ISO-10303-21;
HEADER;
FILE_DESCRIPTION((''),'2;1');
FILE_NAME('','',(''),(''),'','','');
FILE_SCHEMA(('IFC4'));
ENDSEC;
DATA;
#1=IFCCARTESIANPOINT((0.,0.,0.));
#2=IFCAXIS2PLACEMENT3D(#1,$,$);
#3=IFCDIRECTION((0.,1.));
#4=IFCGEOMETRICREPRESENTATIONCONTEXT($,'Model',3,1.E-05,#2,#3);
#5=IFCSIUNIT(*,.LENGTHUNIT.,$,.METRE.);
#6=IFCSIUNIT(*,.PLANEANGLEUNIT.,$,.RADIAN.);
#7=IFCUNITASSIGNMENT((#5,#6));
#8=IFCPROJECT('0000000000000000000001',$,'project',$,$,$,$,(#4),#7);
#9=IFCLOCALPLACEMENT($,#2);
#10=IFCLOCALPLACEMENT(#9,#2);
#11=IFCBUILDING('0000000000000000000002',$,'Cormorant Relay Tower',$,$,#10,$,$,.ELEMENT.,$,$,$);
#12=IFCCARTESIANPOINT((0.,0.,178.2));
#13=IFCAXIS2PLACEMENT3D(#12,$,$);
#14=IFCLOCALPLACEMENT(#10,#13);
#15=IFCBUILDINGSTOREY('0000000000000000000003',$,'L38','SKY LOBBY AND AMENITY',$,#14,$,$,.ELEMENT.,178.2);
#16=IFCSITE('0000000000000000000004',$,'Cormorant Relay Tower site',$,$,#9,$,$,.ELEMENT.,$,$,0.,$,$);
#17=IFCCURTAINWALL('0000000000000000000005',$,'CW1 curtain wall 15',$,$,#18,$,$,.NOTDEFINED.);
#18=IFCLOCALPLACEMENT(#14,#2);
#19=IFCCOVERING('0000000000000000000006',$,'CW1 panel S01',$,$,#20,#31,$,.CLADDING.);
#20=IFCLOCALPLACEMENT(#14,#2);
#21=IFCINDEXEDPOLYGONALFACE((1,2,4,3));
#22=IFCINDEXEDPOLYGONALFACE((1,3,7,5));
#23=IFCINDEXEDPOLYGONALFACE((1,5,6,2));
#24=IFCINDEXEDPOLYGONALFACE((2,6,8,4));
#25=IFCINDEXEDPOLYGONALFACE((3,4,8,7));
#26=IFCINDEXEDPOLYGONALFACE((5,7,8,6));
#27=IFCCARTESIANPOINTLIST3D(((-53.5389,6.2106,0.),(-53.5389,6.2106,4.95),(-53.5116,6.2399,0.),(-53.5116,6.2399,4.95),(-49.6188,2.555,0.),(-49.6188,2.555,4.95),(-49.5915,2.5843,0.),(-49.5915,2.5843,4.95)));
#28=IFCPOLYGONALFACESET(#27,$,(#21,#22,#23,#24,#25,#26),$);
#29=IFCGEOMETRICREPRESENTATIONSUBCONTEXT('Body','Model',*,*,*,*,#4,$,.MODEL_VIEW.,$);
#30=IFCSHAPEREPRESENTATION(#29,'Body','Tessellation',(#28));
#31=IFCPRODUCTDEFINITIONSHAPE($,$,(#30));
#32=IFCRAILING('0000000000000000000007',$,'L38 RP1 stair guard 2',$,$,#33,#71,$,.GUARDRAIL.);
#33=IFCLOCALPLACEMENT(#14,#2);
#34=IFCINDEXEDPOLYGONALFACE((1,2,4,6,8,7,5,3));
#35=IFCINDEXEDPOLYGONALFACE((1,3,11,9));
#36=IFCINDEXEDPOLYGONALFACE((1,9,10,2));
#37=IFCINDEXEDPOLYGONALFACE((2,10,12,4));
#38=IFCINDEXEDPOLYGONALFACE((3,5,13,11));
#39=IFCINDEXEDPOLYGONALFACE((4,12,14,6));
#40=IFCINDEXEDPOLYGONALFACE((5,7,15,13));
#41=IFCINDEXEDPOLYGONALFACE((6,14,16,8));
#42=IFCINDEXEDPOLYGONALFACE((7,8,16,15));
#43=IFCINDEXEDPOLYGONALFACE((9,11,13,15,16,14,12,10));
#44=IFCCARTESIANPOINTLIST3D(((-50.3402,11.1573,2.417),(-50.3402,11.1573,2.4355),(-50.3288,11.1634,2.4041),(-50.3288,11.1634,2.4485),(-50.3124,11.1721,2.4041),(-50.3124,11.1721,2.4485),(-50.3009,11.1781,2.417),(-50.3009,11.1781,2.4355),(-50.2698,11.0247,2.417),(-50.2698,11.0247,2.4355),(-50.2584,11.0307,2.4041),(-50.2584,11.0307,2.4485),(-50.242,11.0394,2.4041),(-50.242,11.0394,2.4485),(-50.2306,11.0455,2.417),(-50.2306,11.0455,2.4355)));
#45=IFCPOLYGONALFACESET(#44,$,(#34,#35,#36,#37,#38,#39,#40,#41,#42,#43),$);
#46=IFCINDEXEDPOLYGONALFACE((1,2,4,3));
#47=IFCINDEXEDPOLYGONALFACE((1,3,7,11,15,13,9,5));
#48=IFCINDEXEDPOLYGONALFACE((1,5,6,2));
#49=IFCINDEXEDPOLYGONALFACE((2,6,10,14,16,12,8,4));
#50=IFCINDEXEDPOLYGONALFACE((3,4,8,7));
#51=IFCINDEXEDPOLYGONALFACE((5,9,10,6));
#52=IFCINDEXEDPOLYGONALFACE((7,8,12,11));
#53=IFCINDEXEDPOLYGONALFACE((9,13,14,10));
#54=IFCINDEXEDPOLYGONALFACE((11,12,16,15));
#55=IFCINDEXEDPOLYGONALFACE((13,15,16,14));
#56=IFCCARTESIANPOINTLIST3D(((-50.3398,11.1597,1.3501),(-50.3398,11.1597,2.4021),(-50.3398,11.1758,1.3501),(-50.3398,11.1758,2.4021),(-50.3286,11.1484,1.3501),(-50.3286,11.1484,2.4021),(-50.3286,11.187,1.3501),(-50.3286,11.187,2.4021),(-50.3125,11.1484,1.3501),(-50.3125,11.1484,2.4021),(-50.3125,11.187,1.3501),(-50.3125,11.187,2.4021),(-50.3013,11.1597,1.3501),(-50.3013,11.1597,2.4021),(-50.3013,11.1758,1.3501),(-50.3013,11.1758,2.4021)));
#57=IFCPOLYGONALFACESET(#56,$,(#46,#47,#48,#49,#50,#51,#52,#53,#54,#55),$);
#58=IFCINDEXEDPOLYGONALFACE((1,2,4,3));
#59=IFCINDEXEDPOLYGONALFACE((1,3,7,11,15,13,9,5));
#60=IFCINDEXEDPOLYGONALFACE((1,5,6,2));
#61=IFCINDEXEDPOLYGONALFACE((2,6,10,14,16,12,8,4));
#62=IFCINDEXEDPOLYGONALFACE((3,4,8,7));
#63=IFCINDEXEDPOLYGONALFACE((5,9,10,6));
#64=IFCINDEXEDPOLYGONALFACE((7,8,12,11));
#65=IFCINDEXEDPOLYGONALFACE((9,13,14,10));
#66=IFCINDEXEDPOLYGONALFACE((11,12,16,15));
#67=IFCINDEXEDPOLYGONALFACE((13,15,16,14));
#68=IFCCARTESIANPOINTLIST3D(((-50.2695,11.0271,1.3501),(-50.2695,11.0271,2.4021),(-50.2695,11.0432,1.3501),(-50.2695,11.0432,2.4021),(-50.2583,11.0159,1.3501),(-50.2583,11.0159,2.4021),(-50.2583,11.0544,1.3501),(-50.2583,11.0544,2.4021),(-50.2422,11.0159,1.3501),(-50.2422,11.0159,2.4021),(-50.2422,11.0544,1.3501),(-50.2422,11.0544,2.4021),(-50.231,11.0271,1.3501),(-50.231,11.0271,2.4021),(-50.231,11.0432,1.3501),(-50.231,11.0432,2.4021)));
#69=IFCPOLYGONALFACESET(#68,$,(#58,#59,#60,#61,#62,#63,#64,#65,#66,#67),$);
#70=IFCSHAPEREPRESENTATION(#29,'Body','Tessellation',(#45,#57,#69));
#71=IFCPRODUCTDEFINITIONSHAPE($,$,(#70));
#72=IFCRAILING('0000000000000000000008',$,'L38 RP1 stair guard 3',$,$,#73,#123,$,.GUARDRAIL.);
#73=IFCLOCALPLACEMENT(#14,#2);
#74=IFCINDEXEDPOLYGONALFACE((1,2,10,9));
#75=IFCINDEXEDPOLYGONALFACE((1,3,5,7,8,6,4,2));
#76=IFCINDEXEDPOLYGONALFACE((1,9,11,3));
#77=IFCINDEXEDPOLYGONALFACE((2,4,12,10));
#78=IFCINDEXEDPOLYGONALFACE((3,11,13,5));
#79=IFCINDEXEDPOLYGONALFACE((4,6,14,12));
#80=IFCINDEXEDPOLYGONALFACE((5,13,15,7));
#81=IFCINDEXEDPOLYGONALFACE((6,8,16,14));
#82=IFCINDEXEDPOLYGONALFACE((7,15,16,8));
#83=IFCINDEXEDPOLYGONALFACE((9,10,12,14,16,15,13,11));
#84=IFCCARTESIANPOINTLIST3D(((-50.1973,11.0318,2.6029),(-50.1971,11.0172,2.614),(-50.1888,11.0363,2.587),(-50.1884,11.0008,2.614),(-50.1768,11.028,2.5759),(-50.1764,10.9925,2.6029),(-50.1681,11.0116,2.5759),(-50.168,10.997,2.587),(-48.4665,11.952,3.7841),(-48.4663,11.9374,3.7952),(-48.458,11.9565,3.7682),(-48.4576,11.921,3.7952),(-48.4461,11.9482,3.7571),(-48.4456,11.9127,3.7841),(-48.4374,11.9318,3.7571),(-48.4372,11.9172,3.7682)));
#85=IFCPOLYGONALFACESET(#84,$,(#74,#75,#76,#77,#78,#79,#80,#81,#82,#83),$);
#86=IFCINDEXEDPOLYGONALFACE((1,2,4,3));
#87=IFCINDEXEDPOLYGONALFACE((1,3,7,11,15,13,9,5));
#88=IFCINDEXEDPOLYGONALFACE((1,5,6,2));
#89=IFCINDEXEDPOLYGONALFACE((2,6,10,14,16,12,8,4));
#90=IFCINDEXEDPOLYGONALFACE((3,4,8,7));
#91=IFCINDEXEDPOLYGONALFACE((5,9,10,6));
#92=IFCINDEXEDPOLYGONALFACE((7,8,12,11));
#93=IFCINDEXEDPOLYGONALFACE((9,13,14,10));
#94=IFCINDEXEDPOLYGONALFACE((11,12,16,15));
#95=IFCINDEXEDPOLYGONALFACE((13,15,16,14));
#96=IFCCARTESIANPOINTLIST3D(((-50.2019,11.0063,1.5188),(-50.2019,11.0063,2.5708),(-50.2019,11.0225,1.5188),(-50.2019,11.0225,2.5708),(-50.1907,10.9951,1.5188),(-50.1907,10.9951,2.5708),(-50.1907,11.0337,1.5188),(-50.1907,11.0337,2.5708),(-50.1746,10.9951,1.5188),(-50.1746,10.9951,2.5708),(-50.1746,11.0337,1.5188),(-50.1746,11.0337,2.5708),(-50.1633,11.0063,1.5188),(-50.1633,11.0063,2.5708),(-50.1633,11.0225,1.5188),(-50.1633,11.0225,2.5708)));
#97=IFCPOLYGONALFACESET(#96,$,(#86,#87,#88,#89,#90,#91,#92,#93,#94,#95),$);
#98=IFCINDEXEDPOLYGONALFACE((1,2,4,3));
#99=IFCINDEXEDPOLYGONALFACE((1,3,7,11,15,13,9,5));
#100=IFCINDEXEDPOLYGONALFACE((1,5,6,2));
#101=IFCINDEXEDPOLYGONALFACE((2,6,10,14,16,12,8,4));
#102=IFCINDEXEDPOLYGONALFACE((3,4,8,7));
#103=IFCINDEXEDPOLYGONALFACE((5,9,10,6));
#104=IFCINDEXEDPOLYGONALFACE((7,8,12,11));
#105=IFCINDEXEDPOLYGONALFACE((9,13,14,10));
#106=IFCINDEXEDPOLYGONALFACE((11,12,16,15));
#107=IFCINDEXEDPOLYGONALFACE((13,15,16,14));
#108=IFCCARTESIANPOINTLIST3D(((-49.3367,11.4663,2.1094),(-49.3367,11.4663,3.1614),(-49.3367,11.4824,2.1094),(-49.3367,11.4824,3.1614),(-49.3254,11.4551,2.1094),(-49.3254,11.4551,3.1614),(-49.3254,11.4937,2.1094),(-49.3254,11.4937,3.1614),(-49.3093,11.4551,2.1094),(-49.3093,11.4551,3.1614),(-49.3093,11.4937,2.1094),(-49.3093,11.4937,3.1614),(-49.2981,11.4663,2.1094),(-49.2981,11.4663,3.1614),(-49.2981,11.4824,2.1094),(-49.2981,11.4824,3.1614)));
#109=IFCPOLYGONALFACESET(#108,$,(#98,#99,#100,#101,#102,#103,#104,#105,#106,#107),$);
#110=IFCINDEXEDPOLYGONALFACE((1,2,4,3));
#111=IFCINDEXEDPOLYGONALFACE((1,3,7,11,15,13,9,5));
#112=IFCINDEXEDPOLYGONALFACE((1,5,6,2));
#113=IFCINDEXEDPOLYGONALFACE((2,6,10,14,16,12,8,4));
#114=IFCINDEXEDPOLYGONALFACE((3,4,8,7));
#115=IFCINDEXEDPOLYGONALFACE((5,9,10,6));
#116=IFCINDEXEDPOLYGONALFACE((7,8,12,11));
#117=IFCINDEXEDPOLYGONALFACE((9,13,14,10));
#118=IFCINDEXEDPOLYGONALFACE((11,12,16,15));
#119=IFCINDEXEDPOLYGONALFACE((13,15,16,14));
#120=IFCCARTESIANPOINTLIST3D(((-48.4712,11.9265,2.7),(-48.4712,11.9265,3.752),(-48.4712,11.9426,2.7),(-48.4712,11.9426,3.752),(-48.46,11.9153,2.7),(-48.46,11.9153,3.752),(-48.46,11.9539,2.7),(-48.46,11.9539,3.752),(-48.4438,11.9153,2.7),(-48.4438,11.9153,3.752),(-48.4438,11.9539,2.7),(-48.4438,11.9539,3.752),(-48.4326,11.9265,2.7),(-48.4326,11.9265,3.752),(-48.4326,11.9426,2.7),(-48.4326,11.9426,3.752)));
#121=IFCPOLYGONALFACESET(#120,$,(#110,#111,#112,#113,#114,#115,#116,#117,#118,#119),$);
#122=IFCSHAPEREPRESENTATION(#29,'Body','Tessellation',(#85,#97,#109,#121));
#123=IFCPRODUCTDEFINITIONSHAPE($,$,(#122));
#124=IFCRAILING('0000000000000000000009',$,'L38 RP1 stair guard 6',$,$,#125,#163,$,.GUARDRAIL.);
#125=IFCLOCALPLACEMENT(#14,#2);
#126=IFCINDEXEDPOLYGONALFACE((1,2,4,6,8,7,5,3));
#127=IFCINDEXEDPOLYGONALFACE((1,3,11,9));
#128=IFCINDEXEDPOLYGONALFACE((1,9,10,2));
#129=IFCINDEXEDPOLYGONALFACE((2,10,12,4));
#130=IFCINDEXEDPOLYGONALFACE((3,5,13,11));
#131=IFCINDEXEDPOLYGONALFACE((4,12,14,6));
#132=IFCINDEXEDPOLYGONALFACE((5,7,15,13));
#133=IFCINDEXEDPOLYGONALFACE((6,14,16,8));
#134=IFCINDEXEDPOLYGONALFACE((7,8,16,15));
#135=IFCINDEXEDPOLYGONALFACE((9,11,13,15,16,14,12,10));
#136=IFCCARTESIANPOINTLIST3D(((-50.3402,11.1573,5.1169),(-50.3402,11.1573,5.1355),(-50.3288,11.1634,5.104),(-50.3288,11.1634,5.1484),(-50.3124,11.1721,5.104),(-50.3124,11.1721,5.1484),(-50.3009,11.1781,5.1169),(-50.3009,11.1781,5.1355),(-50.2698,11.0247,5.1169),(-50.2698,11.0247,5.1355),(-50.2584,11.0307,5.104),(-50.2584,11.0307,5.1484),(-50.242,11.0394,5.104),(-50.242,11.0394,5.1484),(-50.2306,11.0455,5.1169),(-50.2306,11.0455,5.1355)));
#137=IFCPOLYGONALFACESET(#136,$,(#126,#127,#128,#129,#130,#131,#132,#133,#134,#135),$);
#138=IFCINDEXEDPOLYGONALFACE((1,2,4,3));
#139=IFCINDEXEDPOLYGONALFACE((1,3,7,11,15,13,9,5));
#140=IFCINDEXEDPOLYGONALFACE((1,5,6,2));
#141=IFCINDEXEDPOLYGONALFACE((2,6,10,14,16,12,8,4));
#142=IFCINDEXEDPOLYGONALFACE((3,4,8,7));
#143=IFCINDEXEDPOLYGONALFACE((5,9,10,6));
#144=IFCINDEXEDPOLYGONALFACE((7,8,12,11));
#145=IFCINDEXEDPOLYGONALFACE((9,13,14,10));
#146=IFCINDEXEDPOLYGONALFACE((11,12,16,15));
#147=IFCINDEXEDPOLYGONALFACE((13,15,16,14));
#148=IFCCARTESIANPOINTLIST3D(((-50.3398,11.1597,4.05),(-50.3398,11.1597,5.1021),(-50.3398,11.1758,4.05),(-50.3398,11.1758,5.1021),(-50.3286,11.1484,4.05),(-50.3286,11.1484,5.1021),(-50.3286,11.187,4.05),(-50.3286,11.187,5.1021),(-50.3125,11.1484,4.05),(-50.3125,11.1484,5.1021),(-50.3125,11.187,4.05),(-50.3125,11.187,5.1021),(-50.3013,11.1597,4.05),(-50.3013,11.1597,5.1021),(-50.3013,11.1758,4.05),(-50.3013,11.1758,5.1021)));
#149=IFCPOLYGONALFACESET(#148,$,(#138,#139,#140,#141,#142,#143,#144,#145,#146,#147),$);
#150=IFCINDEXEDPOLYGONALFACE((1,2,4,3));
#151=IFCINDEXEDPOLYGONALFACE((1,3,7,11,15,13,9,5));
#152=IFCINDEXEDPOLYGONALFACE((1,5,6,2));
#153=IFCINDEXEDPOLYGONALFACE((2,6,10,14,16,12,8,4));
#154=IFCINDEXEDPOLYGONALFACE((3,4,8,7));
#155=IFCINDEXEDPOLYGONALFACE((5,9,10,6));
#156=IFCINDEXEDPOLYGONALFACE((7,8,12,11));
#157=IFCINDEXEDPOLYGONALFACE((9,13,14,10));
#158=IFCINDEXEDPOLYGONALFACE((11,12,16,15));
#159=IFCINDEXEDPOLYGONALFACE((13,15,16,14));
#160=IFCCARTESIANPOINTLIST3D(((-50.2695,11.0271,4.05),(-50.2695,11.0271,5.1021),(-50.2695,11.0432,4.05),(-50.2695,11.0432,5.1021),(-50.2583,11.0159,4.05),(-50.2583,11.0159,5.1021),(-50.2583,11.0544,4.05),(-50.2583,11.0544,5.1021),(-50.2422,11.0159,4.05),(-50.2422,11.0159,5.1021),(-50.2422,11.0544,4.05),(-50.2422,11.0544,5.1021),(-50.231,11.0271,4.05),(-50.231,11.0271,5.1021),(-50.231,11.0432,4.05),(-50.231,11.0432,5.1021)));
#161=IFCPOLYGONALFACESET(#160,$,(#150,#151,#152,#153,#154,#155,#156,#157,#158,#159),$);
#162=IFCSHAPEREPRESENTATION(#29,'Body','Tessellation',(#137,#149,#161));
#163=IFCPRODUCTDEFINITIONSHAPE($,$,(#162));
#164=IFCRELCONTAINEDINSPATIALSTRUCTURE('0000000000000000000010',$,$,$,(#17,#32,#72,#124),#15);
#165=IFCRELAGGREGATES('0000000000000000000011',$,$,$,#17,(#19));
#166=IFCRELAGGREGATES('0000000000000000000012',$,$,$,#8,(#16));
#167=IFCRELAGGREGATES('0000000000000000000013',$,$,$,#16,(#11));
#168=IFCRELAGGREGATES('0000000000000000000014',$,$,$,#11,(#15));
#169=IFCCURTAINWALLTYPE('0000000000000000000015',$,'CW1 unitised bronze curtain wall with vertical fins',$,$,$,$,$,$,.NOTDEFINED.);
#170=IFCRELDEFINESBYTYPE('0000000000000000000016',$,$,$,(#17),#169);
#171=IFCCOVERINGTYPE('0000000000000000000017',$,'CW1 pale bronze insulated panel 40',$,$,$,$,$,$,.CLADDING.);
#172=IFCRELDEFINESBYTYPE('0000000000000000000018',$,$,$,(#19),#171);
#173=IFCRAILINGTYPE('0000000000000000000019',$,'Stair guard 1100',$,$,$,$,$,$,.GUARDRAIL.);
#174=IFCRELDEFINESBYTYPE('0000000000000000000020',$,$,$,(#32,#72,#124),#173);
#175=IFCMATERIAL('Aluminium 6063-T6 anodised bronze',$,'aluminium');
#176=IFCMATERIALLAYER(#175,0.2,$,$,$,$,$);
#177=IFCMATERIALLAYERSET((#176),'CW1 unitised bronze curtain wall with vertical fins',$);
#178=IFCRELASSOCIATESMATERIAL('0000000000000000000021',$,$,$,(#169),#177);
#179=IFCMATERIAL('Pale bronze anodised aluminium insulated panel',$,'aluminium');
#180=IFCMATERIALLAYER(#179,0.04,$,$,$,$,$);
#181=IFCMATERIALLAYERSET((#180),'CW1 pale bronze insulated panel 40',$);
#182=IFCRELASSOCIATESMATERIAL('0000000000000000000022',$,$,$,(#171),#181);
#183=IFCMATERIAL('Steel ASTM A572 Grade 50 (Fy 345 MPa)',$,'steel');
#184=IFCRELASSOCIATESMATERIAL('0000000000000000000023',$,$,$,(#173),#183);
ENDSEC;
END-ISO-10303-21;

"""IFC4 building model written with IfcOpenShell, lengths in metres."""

from ifc_helpers import new_model, si_unit, direction, frame, origin, origin_2d, place, context, subcontext, project, spatial, polyline, rectangle, outline, extrude, material, layer, layer_set, type_object, element, aggregate, save


model = new_model("IFC4")

# Units and contexts
model_context = context("Model", 3, precision=1e-05, world=origin(), true_north=direction((0.0, 1.0)))
body_context = subcontext(model_context, "Body", "Model", "MODEL_VIEW")
ifc_project = project(units=[si_unit("LENGTHUNIT", "METRE"), si_unit("PLANEANGLEUNIT", "RADIAN")], contexts=[model_context])

# Site, building, storey
site_placement = place(None, origin())
site = spatial("IfcSite", under=ifc_project, at=site_placement, Name="Cormorant Relay Tower site", CompositionType="ELEMENT", RefElevation=0.0)
building_placement = place(site_placement, origin())
building = spatial("IfcBuilding", under=site, at=building_placement, Name="Cormorant Relay Tower", CompositionType="ELEMENT")
storey_placement = place(building_placement, frame((0.0, 0.0, 178.2)))
storey = spatial("IfcBuildingStorey", under=building, at=storey_placement, Name="L38", Description="SKY LOBBY AND AMENITY", CompositionType="ELEMENT", Elevation=178.2)

# Curtain wall
ifc_material_1 = material(Name="Aluminium 6063-T6 anodised bronze", Category="aluminium")
ifc_layer_1 = layer(ifc_material_1, 0.2)
ifc_layer_set_1 = layer_set([ifc_layer_1], Name="CW1 unitised bronze curtain wall with vertical fins")
curtain_wall_type = type_object("IfcCurtainWallType", Name="CW1 unitised bronze curtain wall with vertical fins", PredefinedType="NOTDEFINED", material=ifc_layer_set_1)
curtain_wall_1_placement = place(storey_placement, origin())
curtain_wall_1 = element("IfcCurtainWall", 1, at=curtain_wall_1_placement, inside=storey, type_object=curtain_wall_type, Name="CW1 curtain wall 15", PredefinedType="NOTDEFINED")

# Covering
ifc_material_2 = material(Name="Pale bronze anodised aluminium insulated panel", Category="aluminium")
ifc_layer_2 = layer(ifc_material_2, 0.04)
ifc_layer_set_2 = layer_set([ifc_layer_2], Name="CW1 pale bronze insulated panel 40")
covering_type = type_object("IfcCoveringType", Name="CW1 pale bronze insulated panel 40", PredefinedType="CLADDING", material=ifc_layer_set_2)
covering_1_placement = place(storey_placement, frame((-51.5652, 4.3975, 0.0), z_axis=(0.0, 0.0, 1.0), x_axis=(0.731354, -0.681998, 0.0)))
covering_1 = element("IfcCovering", 2, at=covering_1_placement, type_object=covering_type, Name="CW1 panel S01", PredefinedType="CLADDING", context=body_context, shape_type="SweptSolid", body=[
    extrude(rectangle(XDim=5.3601, YDim=0.04, at=origin_2d()), origin(), (0.0, 0.0, 1.0), 4.95),
])
aggregate(curtain_wall_1, [covering_1])

# Railings
ifc_material_3 = material(Name="Steel ASTM A572 Grade 50 (Fy 345 MPa)", Category="steel")
railing_type_1 = type_object("IfcRailingType", Name="Stair guard 1100", PredefinedType="GUARDRAIL", material=ifc_material_3)
railing_1_placement = place(storey_placement, frame((-50.3206, 11.1677, 1.3501)))
element("IfcRailing", 3, at=railing_1_placement, inside=storey, type_object=railing_type_1, Name="L38 RP1 stair guard 2", PredefinedType="GUARDRAIL", context=body_context, shape_type="SweptSolid", body=[
    extrude(outline(polyline([(0.0222, 0.0093), (0.0093, 0.0222), (-0.0093, 0.0222), (-0.0222, 0.0093), (-0.0222, -0.0093), (-0.0093, -0.0222), (0.0093, -0.0222), (0.0222, -0.0093), (0.0222, 0.0093)])), frame((0.0, 0.0, 1.0762), z_axis=(0.46856, -0.883431, 0.0), x_axis=(0.883431, 0.46856, 0.0)), (0.0, 0.0, 1.0), 0.1501),
    extrude(outline(polyline([(0.0193, 0.0081), (0.0081, 0.0193), (-0.0081, 0.0193), (-0.0193, 0.0081), (-0.0193, -0.0081), (-0.0081, -0.0193), (0.0081, -0.0193), (0.0193, -0.0081), (0.0193, 0.0081)])), origin(), (0.0, 0.0, 1.0), 1.052),
    extrude(outline(polyline([(0.0193, 0.0081), (0.0081, 0.0193), (-0.0081, 0.0193), (-0.0193, 0.0081), (-0.0193, -0.0081), (-0.0081, -0.0193), (0.0081, -0.0193), (0.0193, -0.0081), (0.0193, 0.0081)])), frame((0.0703, -0.1326, 0.0)), (0.0, 0.0, 1.0), 1.052),
])
railing_2_placement = place(storey_placement, frame((-50.1826, 11.0144, 1.5188)))
element("IfcRailing", 4, at=railing_2_placement, inside=storey, type_object=railing_type_1, Name="L38 RP1 stair guard 3", PredefinedType="GUARDRAIL", context=body_context, shape_type="SweptSolid", body=[
    extrude(outline(polyline([(0.0222, 0.0093), (0.0093, 0.0222), (-0.0093, 0.0222), (-0.0222, 0.0093), (-0.0222, -0.0093), (-0.0093, -0.0222), (0.0093, -0.0222), (0.0222, -0.0093), (0.0222, 0.0093)])), frame((0.0, 0.0, 1.0762), z_axis=(0.756268, 0.402084, 0.516127), x_axis=(-0.469444, 0.882962, 0.0)), (0.0, 0.0, 1.0), 2.2886),
    extrude(outline(polyline([(0.0193, 0.0081), (0.0081, 0.0193), (-0.0081, 0.0193), (-0.0193, 0.0081), (-0.0193, -0.0081), (-0.0081, -0.0193), (0.0081, -0.0193), (0.0193, -0.0081), (0.0193, 0.0081)])), origin(), (0.0, 0.0, 1.0), 1.052),
    extrude(outline(polyline([(0.0193, 0.0081), (0.0081, 0.0193), (-0.0081, 0.0193), (-0.0193, 0.0081), (-0.0193, -0.0081), (-0.0081, -0.0193), (0.0081, -0.0193), (0.0193, -0.0081), (0.0193, 0.0081)])), frame((0.8652, 0.46, 0.5906)), (0.0, 0.0, 1.0), 1.052),
    extrude(outline(polyline([(0.0193, 0.0081), (0.0081, 0.0193), (-0.0081, 0.0193), (-0.0193, 0.0081), (-0.0193, -0.0081), (-0.0081, -0.0193), (0.0081, -0.0193), (0.0193, -0.0081), (0.0193, 0.0081)])), frame((1.7307, 0.9202, 1.1812)), (0.0, 0.0, 1.0), 1.052),
])
railing_3_placement = place(storey_placement, frame((-50.3206, 11.1677, 4.05)))
element("IfcRailing", 5, at=railing_3_placement, inside=storey, type_object=railing_type_1, Name="L38 RP1 stair guard 6", PredefinedType="GUARDRAIL", context=body_context, shape_type="SweptSolid", body=[
    extrude(outline(polyline([(0.0222, 0.0093), (0.0093, 0.0222), (-0.0093, 0.0222), (-0.0222, 0.0093), (-0.0222, -0.0093), (-0.0093, -0.0222), (0.0093, -0.0222), (0.0222, -0.0093), (0.0222, 0.0093)])), frame((0.0, 0.0, 1.0762), z_axis=(0.46856, -0.883431, 0.0), x_axis=(0.883431, 0.46856, 0.0)), (0.0, 0.0, 1.0), 0.1501),
    extrude(outline(polyline([(0.0193, 0.0081), (0.0081, 0.0193), (-0.0081, 0.0193), (-0.0193, 0.0081), (-0.0193, -0.0081), (-0.0081, -0.0193), (0.0081, -0.0193), (0.0193, -0.0081), (0.0193, 0.0081)])), origin(), (0.0, 0.0, 1.0), 1.052),
    extrude(outline(polyline([(0.0193, 0.0081), (0.0081, 0.0193), (-0.0081, 0.0193), (-0.0193, 0.0081), (-0.0193, -0.0081), (-0.0081, -0.0193), (0.0081, -0.0193), (0.0193, -0.0081), (0.0193, 0.0081)])), frame((0.0703, -0.1326, 0.0)), (0.0, 0.0, 1.0), 1.052),
])

save(model, "model.ifc")
